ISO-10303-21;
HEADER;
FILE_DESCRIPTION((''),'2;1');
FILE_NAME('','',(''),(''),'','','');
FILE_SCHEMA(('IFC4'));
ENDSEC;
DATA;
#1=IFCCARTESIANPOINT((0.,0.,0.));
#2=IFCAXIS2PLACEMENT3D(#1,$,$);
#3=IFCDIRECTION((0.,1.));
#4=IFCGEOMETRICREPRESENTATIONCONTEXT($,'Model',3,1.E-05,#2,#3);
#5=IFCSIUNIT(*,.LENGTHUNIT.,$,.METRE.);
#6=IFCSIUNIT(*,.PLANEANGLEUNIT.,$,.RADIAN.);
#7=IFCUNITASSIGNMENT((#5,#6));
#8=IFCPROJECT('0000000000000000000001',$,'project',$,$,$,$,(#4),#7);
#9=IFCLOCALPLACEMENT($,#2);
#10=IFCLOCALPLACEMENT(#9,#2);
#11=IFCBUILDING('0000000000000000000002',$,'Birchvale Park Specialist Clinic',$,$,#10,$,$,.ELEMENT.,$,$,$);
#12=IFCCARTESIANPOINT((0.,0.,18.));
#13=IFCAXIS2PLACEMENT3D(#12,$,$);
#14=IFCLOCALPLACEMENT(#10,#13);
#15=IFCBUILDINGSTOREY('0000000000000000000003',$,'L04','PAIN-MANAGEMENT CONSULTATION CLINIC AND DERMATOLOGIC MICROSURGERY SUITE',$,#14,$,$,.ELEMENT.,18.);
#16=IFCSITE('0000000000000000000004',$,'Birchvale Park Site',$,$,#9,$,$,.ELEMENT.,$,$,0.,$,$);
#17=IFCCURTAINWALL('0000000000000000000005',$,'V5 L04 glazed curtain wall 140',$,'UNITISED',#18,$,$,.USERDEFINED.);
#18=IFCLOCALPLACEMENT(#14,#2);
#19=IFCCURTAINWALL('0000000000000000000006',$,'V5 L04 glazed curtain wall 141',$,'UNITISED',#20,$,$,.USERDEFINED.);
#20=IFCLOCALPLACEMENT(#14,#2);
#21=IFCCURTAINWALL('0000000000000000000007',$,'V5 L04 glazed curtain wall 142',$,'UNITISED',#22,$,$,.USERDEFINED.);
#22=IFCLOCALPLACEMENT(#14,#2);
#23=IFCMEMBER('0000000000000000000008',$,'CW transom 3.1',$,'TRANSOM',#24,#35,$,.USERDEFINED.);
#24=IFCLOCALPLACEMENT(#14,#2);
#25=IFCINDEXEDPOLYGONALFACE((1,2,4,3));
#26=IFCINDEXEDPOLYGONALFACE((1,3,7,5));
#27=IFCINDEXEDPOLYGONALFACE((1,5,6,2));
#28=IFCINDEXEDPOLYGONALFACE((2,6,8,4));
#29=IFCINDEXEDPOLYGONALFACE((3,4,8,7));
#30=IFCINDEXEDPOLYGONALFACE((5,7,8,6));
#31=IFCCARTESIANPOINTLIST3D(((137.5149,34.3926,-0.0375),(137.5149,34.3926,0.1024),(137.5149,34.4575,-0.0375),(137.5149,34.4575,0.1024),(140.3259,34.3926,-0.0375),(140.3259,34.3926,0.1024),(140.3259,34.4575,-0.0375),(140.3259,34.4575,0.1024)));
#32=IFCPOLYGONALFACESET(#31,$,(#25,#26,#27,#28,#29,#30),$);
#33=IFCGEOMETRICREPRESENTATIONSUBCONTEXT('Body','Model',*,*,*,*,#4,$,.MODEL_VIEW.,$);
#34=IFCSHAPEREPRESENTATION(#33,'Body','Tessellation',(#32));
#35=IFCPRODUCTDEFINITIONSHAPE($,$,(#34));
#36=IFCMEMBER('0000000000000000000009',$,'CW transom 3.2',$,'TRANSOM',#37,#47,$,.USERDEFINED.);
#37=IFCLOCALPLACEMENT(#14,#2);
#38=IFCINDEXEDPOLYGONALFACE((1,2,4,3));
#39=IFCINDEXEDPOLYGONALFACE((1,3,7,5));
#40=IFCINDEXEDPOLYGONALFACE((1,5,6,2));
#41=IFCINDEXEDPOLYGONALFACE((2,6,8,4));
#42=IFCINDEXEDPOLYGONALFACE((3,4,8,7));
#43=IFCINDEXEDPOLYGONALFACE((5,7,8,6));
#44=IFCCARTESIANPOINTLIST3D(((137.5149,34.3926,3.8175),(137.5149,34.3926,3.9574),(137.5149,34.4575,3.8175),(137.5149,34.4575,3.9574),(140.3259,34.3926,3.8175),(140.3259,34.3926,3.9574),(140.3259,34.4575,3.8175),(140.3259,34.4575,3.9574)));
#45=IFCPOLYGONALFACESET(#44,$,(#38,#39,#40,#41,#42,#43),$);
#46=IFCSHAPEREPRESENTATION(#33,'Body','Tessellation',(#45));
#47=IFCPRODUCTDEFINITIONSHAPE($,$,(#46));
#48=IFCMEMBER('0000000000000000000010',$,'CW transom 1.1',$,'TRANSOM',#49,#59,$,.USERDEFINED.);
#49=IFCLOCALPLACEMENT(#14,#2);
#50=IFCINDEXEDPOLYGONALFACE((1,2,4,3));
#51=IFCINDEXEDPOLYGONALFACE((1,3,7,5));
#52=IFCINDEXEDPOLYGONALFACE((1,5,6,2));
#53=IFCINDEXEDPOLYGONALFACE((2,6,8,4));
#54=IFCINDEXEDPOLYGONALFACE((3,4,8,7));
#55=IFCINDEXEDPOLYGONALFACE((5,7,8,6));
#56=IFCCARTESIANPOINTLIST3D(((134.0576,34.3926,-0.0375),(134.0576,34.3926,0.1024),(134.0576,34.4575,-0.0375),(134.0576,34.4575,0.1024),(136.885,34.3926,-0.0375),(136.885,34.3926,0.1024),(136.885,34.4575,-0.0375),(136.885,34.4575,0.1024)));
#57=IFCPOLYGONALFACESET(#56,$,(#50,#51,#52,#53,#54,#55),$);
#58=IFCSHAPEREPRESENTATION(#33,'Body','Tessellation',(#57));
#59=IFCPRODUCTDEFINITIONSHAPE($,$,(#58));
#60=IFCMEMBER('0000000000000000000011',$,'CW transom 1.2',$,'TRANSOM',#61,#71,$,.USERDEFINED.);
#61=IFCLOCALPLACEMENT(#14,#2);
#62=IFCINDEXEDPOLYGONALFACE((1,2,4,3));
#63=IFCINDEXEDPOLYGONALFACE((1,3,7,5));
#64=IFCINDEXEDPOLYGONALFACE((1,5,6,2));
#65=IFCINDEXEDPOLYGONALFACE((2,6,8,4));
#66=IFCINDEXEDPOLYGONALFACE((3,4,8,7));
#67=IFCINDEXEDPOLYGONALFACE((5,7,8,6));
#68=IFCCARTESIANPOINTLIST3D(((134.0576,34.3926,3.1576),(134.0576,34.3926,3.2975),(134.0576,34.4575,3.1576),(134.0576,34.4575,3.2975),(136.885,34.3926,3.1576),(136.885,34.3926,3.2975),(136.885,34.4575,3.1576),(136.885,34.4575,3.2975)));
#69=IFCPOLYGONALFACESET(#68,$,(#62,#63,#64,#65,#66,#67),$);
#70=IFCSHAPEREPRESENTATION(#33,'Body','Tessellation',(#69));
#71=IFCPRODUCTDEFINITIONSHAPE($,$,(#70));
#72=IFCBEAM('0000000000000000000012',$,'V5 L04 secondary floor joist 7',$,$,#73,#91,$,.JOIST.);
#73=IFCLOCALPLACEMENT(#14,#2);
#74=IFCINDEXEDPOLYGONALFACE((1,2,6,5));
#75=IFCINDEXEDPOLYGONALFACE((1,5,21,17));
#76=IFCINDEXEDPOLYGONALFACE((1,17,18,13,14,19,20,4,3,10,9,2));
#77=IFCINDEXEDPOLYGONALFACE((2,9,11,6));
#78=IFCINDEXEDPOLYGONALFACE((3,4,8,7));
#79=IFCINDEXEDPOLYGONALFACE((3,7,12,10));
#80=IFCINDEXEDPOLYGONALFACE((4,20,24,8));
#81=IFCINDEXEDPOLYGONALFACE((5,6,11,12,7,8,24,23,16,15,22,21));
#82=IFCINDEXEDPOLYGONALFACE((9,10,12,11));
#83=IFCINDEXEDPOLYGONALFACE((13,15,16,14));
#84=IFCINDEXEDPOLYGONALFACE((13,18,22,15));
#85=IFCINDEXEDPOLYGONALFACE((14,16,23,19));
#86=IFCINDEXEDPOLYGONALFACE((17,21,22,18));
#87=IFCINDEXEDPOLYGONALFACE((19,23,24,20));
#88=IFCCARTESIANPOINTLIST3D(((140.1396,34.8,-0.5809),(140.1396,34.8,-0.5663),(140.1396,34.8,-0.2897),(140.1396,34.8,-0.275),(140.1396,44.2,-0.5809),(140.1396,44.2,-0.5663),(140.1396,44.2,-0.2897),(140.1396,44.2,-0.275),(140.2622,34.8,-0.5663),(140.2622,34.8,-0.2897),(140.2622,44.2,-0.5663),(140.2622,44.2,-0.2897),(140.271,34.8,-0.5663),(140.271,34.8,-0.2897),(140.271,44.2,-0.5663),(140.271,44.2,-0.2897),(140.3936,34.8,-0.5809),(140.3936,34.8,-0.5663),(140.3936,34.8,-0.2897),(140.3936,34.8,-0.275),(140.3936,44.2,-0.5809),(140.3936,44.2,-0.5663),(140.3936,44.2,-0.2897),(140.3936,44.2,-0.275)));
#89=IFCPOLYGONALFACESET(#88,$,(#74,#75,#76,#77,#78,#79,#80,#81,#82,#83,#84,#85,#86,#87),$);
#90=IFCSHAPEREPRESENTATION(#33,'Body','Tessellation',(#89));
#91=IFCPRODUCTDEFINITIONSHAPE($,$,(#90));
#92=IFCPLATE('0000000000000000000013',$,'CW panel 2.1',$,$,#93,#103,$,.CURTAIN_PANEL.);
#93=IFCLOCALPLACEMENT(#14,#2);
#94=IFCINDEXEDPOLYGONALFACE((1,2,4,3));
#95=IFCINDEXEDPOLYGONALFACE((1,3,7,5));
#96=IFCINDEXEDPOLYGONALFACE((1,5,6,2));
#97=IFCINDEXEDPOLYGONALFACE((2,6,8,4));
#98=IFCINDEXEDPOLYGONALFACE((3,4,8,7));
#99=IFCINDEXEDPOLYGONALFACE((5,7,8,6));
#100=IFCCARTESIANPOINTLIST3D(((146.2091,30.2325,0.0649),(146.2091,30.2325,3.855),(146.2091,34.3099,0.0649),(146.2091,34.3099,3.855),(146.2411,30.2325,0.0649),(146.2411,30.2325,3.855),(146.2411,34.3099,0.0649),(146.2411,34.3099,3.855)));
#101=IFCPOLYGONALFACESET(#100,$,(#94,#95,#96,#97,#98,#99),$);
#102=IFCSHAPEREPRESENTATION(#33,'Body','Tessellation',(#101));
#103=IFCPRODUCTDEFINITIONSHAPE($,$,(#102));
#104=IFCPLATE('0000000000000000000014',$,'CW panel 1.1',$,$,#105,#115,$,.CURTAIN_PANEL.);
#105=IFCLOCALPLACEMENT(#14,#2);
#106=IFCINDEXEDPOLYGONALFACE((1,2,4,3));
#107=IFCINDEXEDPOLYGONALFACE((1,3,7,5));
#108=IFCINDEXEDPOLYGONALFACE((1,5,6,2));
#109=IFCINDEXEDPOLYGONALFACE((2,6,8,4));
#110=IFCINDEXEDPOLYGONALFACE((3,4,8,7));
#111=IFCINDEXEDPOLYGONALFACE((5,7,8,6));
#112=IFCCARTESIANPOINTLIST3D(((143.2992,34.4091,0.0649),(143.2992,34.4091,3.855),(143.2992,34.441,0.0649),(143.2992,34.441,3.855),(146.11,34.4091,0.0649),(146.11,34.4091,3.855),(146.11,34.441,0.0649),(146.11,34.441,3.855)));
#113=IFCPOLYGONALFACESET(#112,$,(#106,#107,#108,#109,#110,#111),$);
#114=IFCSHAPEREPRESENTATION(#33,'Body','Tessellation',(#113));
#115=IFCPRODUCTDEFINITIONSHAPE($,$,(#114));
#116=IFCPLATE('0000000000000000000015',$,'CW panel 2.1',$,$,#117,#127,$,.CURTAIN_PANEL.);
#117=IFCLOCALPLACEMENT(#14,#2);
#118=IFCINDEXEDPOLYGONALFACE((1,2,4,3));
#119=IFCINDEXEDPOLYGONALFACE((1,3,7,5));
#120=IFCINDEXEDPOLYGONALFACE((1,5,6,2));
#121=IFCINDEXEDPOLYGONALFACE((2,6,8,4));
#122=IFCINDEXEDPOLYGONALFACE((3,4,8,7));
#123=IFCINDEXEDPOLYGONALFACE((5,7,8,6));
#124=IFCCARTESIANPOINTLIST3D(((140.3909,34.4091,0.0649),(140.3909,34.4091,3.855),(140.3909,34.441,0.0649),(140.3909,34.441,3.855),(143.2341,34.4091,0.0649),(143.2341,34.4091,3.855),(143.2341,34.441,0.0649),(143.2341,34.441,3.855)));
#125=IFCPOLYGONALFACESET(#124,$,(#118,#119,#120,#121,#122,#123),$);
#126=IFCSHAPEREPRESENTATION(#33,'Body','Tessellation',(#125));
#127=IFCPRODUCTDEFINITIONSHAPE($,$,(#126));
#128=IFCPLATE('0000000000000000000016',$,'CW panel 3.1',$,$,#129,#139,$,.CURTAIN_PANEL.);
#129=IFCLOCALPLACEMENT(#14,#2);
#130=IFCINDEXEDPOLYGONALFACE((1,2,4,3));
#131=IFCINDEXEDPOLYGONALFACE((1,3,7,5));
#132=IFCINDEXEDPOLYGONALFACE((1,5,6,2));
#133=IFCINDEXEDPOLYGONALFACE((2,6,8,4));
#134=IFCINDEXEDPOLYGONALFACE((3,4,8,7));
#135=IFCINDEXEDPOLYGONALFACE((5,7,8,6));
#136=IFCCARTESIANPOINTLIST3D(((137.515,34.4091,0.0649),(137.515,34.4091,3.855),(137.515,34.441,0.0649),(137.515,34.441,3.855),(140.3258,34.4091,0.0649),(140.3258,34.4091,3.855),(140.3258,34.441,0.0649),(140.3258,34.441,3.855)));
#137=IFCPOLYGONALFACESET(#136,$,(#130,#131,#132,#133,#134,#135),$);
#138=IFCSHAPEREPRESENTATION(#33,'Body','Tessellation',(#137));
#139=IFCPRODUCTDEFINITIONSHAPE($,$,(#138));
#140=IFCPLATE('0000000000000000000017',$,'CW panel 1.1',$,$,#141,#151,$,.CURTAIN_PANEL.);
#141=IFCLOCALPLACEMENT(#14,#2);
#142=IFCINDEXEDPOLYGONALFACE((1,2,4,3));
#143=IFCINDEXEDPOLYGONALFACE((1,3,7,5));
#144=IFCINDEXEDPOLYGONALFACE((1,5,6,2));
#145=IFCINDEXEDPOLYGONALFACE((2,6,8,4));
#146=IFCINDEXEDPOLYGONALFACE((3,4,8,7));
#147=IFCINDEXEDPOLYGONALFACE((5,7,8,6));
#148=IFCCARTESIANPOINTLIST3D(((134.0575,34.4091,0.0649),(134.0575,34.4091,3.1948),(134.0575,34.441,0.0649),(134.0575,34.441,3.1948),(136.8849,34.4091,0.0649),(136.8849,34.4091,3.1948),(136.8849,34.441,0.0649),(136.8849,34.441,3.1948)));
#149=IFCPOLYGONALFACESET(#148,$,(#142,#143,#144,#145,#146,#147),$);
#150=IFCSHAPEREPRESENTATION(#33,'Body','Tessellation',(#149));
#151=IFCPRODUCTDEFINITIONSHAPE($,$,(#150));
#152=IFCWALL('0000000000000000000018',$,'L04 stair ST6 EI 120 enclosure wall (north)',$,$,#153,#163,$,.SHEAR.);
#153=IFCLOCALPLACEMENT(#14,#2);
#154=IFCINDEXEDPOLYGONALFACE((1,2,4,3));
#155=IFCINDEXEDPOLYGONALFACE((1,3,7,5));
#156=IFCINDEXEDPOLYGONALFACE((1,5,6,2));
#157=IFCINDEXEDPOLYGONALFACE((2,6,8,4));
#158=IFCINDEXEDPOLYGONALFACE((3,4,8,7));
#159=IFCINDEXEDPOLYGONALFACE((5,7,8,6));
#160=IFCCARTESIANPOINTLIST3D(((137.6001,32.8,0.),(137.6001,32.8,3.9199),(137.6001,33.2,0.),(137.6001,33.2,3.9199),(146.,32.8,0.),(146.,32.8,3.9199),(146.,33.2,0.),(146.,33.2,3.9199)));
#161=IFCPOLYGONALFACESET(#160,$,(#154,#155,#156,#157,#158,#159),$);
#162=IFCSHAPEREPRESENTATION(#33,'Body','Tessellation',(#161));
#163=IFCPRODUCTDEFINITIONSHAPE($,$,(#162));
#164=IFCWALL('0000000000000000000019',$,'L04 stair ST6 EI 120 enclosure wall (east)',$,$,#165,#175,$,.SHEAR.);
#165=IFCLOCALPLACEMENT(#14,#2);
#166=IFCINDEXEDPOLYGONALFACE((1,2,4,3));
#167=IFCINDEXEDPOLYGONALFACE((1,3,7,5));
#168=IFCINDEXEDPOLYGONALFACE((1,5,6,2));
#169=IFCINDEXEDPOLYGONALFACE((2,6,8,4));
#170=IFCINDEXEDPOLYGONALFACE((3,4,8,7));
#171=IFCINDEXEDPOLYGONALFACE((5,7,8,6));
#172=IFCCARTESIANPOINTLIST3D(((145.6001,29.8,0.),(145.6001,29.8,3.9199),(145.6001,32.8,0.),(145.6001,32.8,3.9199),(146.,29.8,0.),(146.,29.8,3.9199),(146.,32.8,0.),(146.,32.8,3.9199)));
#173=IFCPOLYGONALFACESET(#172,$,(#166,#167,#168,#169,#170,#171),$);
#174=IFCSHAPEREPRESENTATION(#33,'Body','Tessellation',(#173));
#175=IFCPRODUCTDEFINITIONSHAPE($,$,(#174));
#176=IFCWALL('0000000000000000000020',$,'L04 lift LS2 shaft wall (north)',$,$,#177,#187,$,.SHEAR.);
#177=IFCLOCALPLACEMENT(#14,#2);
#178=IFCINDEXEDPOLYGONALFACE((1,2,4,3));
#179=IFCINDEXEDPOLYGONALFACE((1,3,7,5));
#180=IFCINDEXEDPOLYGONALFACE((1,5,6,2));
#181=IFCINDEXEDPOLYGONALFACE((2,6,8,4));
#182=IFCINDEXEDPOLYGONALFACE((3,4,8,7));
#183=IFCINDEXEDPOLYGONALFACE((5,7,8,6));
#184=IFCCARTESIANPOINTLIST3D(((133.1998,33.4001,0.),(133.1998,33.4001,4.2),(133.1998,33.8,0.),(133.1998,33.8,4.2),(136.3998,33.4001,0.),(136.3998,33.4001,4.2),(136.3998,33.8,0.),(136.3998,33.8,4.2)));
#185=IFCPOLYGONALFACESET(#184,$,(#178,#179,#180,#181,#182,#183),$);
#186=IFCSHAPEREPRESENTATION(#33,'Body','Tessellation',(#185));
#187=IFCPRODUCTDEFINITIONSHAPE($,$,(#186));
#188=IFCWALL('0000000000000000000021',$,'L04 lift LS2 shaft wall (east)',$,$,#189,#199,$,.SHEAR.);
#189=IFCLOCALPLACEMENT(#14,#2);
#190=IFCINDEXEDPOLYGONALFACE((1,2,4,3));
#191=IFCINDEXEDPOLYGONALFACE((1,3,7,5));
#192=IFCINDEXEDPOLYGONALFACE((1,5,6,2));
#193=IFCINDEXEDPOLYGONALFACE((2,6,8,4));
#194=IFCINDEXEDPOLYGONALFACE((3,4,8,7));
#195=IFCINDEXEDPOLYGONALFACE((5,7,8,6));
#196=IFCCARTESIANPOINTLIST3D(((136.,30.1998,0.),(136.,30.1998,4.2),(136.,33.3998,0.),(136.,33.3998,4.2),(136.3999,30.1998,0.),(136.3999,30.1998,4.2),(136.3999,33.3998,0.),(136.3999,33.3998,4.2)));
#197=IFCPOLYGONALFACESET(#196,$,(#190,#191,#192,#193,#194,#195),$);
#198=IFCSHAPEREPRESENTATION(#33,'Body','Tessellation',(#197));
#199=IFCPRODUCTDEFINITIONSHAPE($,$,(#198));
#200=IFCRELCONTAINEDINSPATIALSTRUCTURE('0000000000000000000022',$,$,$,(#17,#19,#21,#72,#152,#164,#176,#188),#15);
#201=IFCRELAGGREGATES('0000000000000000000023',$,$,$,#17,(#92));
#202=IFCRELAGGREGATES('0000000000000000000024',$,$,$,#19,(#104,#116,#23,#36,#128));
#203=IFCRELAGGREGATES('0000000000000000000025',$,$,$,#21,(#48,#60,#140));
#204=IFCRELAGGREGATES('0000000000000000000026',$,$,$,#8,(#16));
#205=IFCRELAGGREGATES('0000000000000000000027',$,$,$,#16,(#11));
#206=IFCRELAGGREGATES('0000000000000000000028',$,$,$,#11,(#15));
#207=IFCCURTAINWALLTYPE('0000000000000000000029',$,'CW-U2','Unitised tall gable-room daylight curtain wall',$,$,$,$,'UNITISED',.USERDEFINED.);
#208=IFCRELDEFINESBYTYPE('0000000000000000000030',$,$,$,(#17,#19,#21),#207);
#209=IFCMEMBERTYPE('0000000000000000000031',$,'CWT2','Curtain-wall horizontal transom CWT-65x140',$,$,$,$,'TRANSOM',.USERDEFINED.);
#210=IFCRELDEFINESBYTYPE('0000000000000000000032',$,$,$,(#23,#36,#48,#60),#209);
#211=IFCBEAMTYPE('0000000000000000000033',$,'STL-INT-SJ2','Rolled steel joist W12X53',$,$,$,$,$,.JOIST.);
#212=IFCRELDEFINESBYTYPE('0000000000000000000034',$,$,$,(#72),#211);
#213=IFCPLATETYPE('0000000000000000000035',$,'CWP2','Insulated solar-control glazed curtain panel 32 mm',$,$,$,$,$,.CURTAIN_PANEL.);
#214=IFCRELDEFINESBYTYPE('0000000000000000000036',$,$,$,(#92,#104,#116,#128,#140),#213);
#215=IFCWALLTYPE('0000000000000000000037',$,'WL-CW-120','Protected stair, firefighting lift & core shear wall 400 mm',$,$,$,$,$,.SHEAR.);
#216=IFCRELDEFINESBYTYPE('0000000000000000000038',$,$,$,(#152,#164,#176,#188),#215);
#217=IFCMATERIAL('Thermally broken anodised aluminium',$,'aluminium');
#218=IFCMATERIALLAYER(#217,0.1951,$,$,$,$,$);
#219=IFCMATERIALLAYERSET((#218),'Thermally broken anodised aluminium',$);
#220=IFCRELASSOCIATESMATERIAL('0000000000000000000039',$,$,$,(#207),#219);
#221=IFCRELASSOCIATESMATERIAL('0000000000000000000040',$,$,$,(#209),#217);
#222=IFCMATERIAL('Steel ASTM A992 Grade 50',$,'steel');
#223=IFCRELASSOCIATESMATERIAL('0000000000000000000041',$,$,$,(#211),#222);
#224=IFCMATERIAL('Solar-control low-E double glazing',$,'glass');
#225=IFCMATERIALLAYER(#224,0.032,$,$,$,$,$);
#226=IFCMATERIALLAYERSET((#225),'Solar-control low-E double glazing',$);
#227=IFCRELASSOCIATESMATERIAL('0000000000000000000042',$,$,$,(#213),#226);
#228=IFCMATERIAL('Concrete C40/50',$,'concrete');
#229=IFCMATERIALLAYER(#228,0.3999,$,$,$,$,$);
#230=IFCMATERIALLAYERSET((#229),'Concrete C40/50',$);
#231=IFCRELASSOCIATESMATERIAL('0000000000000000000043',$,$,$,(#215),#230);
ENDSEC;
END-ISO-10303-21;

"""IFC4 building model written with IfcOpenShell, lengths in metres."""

from ifc_helpers import new_model, si_unit, direction, frame, frame_2d, origin, origin_2d, place, context, subcontext, project, spatial, rectangle, i_section, extrude, material, layer, layer_set, material_profile, profile_set, type_object, element, aggregate, save


model = new_model("IFC4")

# Units and contexts
model_context = context("Model", 3, precision=1e-05, world=origin(), true_north=direction((0.0, 1.0)))
body_context = subcontext(model_context, "Body", "Model", "MODEL_VIEW")
ifc_project = project(units=[si_unit("LENGTHUNIT", "METRE"), si_unit("PLANEANGLEUNIT", "RADIAN")], contexts=[model_context])

# Site, building, storey
site_placement = place(None, origin())
site = spatial("IfcSite", under=ifc_project, at=site_placement, Name="Birchvale Park Site", CompositionType="ELEMENT", RefElevation=0.0)
building_placement = place(site_placement, origin())
building = spatial("IfcBuilding", under=site, at=building_placement, Name="Birchvale Park Specialist Clinic", CompositionType="ELEMENT")
storey_placement = place(building_placement, frame((0.0, 0.0, 18.0)))
storey = spatial("IfcBuildingStorey", under=building, at=storey_placement, Name="L04", Description="PAIN-MANAGEMENT CONSULTATION CLINIC AND DERMATOLOGIC MICROSURGERY SUITE", CompositionType="ELEMENT", Elevation=18.0)

# Shared definitions
ifc_material_1 = material(Name="Concrete C40/50", Category="concrete")

# Curtain wall
ifc_material_2 = material(Name="Thermally broken anodised aluminium", Category="aluminium")
ifc_layer_1 = layer(ifc_material_2, 0.1951)
ifc_layer_set_1 = layer_set([ifc_layer_1], Name="Thermally broken anodised aluminium")
curtain_wall_type = type_object("IfcCurtainWallType", Name="CW-U2", Description="Unitised tall gable-room daylight curtain wall", ElementType="UNITISED", PredefinedType="USERDEFINED", material=ifc_layer_set_1)
curtain_wall_1_placement = place(storey_placement, origin())
curtain_wall_1 = element("IfcCurtainWall", 1, at=curtain_wall_1_placement, inside=storey, type_object=curtain_wall_type, Name="V5 L04 glazed curtain wall 140", ObjectType="UNITISED", PredefinedType="USERDEFINED")

# Curtain wall
curtain_wall_2_placement = place(storey_placement, origin())
curtain_wall_2 = element("IfcCurtainWall", 2, at=curtain_wall_2_placement, inside=storey, type_object=curtain_wall_type, Name="V5 L04 glazed curtain wall 141", ObjectType="UNITISED", PredefinedType="USERDEFINED")

# Curtain wall
curtain_wall_3_placement = place(storey_placement, origin())
curtain_wall_3 = element("IfcCurtainWall", 3, at=curtain_wall_3_placement, inside=storey, type_object=curtain_wall_type, Name="V5 L04 glazed curtain wall 142", ObjectType="UNITISED", PredefinedType="USERDEFINED")

# Members
ifc_material_profile_1 = material_profile(ifc_material_2, rectangle(XDim=0.0649, YDim=0.1399, at=origin_2d()), Name="CWT-65x140")
ifc_profile_set_1 = profile_set([ifc_material_profile_1], Name="Thermally broken anodised aluminium")
member_type_1 = type_object("IfcMemberType", Name="CWT2", Description="Curtain-wall horizontal transom CWT-65x140", ElementType="TRANSOM", PredefinedType="USERDEFINED", material=ifc_profile_set_1)
member_1_placement = place(storey_placement, frame((140.3259, 34.425, 0.0325), z_axis=(-1.0, 0.0, 0.0), x_axis=(0.0, -1.0, 0.0)))
member_1 = element("IfcMember", 4, at=member_1_placement, type_object=member_type_1, Name="CW transom 3.1", ObjectType="TRANSOM", PredefinedType="USERDEFINED", context=body_context, shape_type="SweptSolid", body=[
    extrude(rectangle(XDim=0.0649, YDim=0.1399, at=origin_2d()), origin(), (0.0, 0.0, 1.0), 2.811),
])
member_2_placement = place(storey_placement, frame((140.3259, 34.425, 3.8875), z_axis=(-1.0, 0.0, 0.0), x_axis=(0.0, -1.0, 0.0)))
member_2 = element("IfcMember", 5, at=member_2_placement, type_object=member_type_1, Name="CW transom 3.2", ObjectType="TRANSOM", PredefinedType="USERDEFINED", context=body_context, shape_type="SweptSolid", body=[
    extrude(rectangle(XDim=0.0649, YDim=0.1399, at=origin_2d()), origin(), (0.0, 0.0, 1.0), 2.811),
])
member_3_placement = place(storey_placement, frame((136.885, 34.425, 0.0325), z_axis=(-1.0, 0.0, 0.0), x_axis=(0.0, -1.0, 0.0)))
member_3 = element("IfcMember", 6, at=member_3_placement, type_object=member_type_1, Name="CW transom 1.1", ObjectType="TRANSOM", PredefinedType="USERDEFINED", context=body_context, shape_type="SweptSolid", body=[
    extrude(rectangle(XDim=0.0649, YDim=0.1399, at=origin_2d()), origin(), (0.0, 0.0, 1.0), 2.8274),
])
member_4_placement = place(storey_placement, frame((136.885, 34.425, 3.2275), z_axis=(-1.0, 0.0, 0.0), x_axis=(0.0, -1.0, 0.0)))
member_4 = element("IfcMember", 7, at=member_4_placement, type_object=member_type_1, Name="CW transom 1.2", ObjectType="TRANSOM", PredefinedType="USERDEFINED", context=body_context, shape_type="SweptSolid", body=[
    extrude(rectangle(XDim=0.0649, YDim=0.1399, at=origin_2d()), origin(), (0.0, 0.0, 1.0), 2.8274),
])

# Beam
ifc_material_3 = material(Name="Steel ASTM A992 Grade 50", Category="steel")
ifc_material_profile_2 = material_profile(ifc_material_3, i_section(OverallWidth=0.2539, OverallDepth=0.3059, WebThickness=0.0088, FlangeThickness=0.0146, at=origin_2d()), Name="W12X53")
ifc_profile_set_2 = profile_set([ifc_material_profile_2], Name="Steel ASTM A992 Grade 50")
beam_type_1 = type_object("IfcBeamType", Name="STL-INT-SJ2", Description="Rolled steel joist W12X53", PredefinedType="JOIST", material=ifc_profile_set_2)
beam_1_placement = place(storey_placement, frame((140.2666, 34.8, -0.428), z_axis=(0.0, 1.0, 0.0), x_axis=(-1.0, 0.0, 0.0)))
element("IfcBeam", 8, at=beam_1_placement, inside=storey, type_object=beam_type_1, Name="V5 L04 secondary floor joist 7", PredefinedType="JOIST", context=body_context, shape_type="SweptSolid", body=[
    extrude(i_section(OverallWidth=0.2539, OverallDepth=0.3059, WebThickness=0.0088, FlangeThickness=0.0146, at=origin_2d()), origin(), (0.0, 0.0, 1.0), 9.3999),
])

# Plates
ifc_material_4 = material(Name="Solar-control low-E double glazing", Category="glass")
ifc_layer_2 = layer(ifc_material_4, 0.032)
ifc_layer_set_2 = layer_set([ifc_layer_2], Name="Solar-control low-E double glazing")
plate_type = type_object("IfcPlateType", Name="CWP2", Description="Insulated solar-control glazed curtain panel 32 mm", PredefinedType="CURTAIN_PANEL", material=ifc_layer_set_2)
plate_1_placement = place(storey_placement, frame((146.2251, 32.2712, 0.0649), z_axis=(0.0, 0.0, 1.0), x_axis=(0.0, 1.0, 0.0)))
plate_1 = element("IfcPlate", 9, at=plate_1_placement, type_object=plate_type, Name="CW panel 2.1", PredefinedType="CURTAIN_PANEL", context=body_context, shape_type="SweptSolid", body=[
    extrude(rectangle(XDim=4.0774, YDim=0.032, at=origin_2d()), origin(), (0.0, 0.0, 1.0), 3.79),
])
aggregate(curtain_wall_1, [plate_1])
plate_2_placement = place(storey_placement, frame((144.7046, 34.425, 0.0649), z_axis=(0.0, 0.0, 1.0), x_axis=(-1.0, 0.0, 0.0)))
plate_2 = element("IfcPlate", 10, at=plate_2_placement, type_object=plate_type, Name="CW panel 1.1", PredefinedType="CURTAIN_PANEL", context=body_context, shape_type="SweptSolid", body=[
    extrude(rectangle(XDim=2.8108, YDim=0.032, at=origin_2d()), origin(), (0.0, 0.0, 1.0), 3.79),
])
plate_3_placement = place(storey_placement, frame((141.8125, 34.425, 0.0649), z_axis=(0.0, 0.0, 1.0), x_axis=(-1.0, 0.0, 0.0)))
plate_3 = element("IfcPlate", 11, at=plate_3_placement, type_object=plate_type, Name="CW panel 2.1", PredefinedType="CURTAIN_PANEL", context=body_context, shape_type="SweptSolid", body=[
    extrude(rectangle(XDim=2.8433, YDim=0.032, at=origin_2d()), origin(), (0.0, 0.0, 1.0), 3.79),
])
plate_4_placement = place(storey_placement, frame((138.9204, 34.425, 0.0649), z_axis=(0.0, 0.0, 1.0), x_axis=(-1.0, 0.0, 0.0)))
plate_4 = element("IfcPlate", 12, at=plate_4_placement, type_object=plate_type, Name="CW panel 3.1", PredefinedType="CURTAIN_PANEL", context=body_context, shape_type="SweptSolid", body=[
    extrude(rectangle(XDim=2.8108, YDim=0.032, at=origin_2d()), origin(), (0.0, 0.0, 1.0), 3.79),
])
aggregate(curtain_wall_2, [plate_2, plate_3, member_1, member_2, plate_4])
plate_5_placement = place(storey_placement, frame((135.4712, 34.425, 0.0649), z_axis=(0.0, 0.0, 1.0), x_axis=(-1.0, 0.0, 0.0)))
plate_5 = element("IfcPlate", 13, at=plate_5_placement, type_object=plate_type, Name="CW panel 1.1", PredefinedType="CURTAIN_PANEL", context=body_context, shape_type="SweptSolid", body=[
    extrude(rectangle(XDim=2.8274, YDim=0.032, at=origin_2d()), origin(), (0.0, 0.0, 1.0), 3.1299),
])
aggregate(curtain_wall_3, [member_3, member_4, plate_5])

# Walls
ifc_layer_3 = layer(ifc_material_1, 0.3999)
ifc_layer_set_3 = layer_set([ifc_layer_3], Name="Concrete C40/50")
wall_type = type_object("IfcWallType", Name="WL-CW-120", Description="Protected stair, firefighting lift & core shear wall 400 mm", PredefinedType="SHEAR", material=ifc_layer_set_3)
wall_1_placement = place(storey_placement, frame((146.0, 33.0, 0.0), z_axis=(0.0, 0.0, 1.0), x_axis=(-1.0, 0.0, 0.0)))
element("IfcWall", 14, at=wall_1_placement, inside=storey, type_object=wall_type, Name="L04 stair ST6 EI 120 enclosure wall (north)", PredefinedType="SHEAR", context=body_context, shape_type="SweptSolid", body=[
    extrude(rectangle(XDim=8.3999, YDim=0.3999, at=frame_2d((4.2, 0.0))), origin(), (0.0, 0.0, 1.0), 3.9199),
])
wall_2_placement = place(storey_placement, frame((145.8, 32.8, 0.0), z_axis=(0.0, 0.0, 1.0), x_axis=(0.0, -1.0, 0.0)))
element("IfcWall", 15, at=wall_2_placement, inside=storey, type_object=wall_type, Name="L04 stair ST6 EI 120 enclosure wall (east)", PredefinedType="SHEAR", context=body_context, shape_type="SweptSolid", body=[
    extrude(rectangle(XDim=3.0, YDim=0.3999, at=frame_2d((1.5, 0.0))), origin(), (0.0, 0.0, 1.0), 3.9199),
])
for number, where, z_axis, x_axis, name in (
    (16, (136.3999, 33.6001, 0.0), (0.0, 0.0, 1.0), (-1.0, 0.0, 0.0), "L04 lift LS2 shaft wall (north)"),
    (17, (136.2, 33.3999, 0.0), (0.0, 0.0, 1.0), (0.0, -1.0, 0.0), "L04 lift LS2 shaft wall (east)"),
):
    element("IfcWall", number, at=place(storey_placement, frame(where, z_axis=z_axis, x_axis=x_axis)), inside=storey, type_object=wall_type, Name=name, PredefinedType="SHEAR", context=body_context, shape_type="SweptSolid", body=[
        extrude(rectangle(XDim=3.2, YDim=0.3999, at=frame_2d((1.6001, 0.0))), origin(), (0.0, 0.0, 1.0), 4.2),
    ])

save(model, "model.ifc")
